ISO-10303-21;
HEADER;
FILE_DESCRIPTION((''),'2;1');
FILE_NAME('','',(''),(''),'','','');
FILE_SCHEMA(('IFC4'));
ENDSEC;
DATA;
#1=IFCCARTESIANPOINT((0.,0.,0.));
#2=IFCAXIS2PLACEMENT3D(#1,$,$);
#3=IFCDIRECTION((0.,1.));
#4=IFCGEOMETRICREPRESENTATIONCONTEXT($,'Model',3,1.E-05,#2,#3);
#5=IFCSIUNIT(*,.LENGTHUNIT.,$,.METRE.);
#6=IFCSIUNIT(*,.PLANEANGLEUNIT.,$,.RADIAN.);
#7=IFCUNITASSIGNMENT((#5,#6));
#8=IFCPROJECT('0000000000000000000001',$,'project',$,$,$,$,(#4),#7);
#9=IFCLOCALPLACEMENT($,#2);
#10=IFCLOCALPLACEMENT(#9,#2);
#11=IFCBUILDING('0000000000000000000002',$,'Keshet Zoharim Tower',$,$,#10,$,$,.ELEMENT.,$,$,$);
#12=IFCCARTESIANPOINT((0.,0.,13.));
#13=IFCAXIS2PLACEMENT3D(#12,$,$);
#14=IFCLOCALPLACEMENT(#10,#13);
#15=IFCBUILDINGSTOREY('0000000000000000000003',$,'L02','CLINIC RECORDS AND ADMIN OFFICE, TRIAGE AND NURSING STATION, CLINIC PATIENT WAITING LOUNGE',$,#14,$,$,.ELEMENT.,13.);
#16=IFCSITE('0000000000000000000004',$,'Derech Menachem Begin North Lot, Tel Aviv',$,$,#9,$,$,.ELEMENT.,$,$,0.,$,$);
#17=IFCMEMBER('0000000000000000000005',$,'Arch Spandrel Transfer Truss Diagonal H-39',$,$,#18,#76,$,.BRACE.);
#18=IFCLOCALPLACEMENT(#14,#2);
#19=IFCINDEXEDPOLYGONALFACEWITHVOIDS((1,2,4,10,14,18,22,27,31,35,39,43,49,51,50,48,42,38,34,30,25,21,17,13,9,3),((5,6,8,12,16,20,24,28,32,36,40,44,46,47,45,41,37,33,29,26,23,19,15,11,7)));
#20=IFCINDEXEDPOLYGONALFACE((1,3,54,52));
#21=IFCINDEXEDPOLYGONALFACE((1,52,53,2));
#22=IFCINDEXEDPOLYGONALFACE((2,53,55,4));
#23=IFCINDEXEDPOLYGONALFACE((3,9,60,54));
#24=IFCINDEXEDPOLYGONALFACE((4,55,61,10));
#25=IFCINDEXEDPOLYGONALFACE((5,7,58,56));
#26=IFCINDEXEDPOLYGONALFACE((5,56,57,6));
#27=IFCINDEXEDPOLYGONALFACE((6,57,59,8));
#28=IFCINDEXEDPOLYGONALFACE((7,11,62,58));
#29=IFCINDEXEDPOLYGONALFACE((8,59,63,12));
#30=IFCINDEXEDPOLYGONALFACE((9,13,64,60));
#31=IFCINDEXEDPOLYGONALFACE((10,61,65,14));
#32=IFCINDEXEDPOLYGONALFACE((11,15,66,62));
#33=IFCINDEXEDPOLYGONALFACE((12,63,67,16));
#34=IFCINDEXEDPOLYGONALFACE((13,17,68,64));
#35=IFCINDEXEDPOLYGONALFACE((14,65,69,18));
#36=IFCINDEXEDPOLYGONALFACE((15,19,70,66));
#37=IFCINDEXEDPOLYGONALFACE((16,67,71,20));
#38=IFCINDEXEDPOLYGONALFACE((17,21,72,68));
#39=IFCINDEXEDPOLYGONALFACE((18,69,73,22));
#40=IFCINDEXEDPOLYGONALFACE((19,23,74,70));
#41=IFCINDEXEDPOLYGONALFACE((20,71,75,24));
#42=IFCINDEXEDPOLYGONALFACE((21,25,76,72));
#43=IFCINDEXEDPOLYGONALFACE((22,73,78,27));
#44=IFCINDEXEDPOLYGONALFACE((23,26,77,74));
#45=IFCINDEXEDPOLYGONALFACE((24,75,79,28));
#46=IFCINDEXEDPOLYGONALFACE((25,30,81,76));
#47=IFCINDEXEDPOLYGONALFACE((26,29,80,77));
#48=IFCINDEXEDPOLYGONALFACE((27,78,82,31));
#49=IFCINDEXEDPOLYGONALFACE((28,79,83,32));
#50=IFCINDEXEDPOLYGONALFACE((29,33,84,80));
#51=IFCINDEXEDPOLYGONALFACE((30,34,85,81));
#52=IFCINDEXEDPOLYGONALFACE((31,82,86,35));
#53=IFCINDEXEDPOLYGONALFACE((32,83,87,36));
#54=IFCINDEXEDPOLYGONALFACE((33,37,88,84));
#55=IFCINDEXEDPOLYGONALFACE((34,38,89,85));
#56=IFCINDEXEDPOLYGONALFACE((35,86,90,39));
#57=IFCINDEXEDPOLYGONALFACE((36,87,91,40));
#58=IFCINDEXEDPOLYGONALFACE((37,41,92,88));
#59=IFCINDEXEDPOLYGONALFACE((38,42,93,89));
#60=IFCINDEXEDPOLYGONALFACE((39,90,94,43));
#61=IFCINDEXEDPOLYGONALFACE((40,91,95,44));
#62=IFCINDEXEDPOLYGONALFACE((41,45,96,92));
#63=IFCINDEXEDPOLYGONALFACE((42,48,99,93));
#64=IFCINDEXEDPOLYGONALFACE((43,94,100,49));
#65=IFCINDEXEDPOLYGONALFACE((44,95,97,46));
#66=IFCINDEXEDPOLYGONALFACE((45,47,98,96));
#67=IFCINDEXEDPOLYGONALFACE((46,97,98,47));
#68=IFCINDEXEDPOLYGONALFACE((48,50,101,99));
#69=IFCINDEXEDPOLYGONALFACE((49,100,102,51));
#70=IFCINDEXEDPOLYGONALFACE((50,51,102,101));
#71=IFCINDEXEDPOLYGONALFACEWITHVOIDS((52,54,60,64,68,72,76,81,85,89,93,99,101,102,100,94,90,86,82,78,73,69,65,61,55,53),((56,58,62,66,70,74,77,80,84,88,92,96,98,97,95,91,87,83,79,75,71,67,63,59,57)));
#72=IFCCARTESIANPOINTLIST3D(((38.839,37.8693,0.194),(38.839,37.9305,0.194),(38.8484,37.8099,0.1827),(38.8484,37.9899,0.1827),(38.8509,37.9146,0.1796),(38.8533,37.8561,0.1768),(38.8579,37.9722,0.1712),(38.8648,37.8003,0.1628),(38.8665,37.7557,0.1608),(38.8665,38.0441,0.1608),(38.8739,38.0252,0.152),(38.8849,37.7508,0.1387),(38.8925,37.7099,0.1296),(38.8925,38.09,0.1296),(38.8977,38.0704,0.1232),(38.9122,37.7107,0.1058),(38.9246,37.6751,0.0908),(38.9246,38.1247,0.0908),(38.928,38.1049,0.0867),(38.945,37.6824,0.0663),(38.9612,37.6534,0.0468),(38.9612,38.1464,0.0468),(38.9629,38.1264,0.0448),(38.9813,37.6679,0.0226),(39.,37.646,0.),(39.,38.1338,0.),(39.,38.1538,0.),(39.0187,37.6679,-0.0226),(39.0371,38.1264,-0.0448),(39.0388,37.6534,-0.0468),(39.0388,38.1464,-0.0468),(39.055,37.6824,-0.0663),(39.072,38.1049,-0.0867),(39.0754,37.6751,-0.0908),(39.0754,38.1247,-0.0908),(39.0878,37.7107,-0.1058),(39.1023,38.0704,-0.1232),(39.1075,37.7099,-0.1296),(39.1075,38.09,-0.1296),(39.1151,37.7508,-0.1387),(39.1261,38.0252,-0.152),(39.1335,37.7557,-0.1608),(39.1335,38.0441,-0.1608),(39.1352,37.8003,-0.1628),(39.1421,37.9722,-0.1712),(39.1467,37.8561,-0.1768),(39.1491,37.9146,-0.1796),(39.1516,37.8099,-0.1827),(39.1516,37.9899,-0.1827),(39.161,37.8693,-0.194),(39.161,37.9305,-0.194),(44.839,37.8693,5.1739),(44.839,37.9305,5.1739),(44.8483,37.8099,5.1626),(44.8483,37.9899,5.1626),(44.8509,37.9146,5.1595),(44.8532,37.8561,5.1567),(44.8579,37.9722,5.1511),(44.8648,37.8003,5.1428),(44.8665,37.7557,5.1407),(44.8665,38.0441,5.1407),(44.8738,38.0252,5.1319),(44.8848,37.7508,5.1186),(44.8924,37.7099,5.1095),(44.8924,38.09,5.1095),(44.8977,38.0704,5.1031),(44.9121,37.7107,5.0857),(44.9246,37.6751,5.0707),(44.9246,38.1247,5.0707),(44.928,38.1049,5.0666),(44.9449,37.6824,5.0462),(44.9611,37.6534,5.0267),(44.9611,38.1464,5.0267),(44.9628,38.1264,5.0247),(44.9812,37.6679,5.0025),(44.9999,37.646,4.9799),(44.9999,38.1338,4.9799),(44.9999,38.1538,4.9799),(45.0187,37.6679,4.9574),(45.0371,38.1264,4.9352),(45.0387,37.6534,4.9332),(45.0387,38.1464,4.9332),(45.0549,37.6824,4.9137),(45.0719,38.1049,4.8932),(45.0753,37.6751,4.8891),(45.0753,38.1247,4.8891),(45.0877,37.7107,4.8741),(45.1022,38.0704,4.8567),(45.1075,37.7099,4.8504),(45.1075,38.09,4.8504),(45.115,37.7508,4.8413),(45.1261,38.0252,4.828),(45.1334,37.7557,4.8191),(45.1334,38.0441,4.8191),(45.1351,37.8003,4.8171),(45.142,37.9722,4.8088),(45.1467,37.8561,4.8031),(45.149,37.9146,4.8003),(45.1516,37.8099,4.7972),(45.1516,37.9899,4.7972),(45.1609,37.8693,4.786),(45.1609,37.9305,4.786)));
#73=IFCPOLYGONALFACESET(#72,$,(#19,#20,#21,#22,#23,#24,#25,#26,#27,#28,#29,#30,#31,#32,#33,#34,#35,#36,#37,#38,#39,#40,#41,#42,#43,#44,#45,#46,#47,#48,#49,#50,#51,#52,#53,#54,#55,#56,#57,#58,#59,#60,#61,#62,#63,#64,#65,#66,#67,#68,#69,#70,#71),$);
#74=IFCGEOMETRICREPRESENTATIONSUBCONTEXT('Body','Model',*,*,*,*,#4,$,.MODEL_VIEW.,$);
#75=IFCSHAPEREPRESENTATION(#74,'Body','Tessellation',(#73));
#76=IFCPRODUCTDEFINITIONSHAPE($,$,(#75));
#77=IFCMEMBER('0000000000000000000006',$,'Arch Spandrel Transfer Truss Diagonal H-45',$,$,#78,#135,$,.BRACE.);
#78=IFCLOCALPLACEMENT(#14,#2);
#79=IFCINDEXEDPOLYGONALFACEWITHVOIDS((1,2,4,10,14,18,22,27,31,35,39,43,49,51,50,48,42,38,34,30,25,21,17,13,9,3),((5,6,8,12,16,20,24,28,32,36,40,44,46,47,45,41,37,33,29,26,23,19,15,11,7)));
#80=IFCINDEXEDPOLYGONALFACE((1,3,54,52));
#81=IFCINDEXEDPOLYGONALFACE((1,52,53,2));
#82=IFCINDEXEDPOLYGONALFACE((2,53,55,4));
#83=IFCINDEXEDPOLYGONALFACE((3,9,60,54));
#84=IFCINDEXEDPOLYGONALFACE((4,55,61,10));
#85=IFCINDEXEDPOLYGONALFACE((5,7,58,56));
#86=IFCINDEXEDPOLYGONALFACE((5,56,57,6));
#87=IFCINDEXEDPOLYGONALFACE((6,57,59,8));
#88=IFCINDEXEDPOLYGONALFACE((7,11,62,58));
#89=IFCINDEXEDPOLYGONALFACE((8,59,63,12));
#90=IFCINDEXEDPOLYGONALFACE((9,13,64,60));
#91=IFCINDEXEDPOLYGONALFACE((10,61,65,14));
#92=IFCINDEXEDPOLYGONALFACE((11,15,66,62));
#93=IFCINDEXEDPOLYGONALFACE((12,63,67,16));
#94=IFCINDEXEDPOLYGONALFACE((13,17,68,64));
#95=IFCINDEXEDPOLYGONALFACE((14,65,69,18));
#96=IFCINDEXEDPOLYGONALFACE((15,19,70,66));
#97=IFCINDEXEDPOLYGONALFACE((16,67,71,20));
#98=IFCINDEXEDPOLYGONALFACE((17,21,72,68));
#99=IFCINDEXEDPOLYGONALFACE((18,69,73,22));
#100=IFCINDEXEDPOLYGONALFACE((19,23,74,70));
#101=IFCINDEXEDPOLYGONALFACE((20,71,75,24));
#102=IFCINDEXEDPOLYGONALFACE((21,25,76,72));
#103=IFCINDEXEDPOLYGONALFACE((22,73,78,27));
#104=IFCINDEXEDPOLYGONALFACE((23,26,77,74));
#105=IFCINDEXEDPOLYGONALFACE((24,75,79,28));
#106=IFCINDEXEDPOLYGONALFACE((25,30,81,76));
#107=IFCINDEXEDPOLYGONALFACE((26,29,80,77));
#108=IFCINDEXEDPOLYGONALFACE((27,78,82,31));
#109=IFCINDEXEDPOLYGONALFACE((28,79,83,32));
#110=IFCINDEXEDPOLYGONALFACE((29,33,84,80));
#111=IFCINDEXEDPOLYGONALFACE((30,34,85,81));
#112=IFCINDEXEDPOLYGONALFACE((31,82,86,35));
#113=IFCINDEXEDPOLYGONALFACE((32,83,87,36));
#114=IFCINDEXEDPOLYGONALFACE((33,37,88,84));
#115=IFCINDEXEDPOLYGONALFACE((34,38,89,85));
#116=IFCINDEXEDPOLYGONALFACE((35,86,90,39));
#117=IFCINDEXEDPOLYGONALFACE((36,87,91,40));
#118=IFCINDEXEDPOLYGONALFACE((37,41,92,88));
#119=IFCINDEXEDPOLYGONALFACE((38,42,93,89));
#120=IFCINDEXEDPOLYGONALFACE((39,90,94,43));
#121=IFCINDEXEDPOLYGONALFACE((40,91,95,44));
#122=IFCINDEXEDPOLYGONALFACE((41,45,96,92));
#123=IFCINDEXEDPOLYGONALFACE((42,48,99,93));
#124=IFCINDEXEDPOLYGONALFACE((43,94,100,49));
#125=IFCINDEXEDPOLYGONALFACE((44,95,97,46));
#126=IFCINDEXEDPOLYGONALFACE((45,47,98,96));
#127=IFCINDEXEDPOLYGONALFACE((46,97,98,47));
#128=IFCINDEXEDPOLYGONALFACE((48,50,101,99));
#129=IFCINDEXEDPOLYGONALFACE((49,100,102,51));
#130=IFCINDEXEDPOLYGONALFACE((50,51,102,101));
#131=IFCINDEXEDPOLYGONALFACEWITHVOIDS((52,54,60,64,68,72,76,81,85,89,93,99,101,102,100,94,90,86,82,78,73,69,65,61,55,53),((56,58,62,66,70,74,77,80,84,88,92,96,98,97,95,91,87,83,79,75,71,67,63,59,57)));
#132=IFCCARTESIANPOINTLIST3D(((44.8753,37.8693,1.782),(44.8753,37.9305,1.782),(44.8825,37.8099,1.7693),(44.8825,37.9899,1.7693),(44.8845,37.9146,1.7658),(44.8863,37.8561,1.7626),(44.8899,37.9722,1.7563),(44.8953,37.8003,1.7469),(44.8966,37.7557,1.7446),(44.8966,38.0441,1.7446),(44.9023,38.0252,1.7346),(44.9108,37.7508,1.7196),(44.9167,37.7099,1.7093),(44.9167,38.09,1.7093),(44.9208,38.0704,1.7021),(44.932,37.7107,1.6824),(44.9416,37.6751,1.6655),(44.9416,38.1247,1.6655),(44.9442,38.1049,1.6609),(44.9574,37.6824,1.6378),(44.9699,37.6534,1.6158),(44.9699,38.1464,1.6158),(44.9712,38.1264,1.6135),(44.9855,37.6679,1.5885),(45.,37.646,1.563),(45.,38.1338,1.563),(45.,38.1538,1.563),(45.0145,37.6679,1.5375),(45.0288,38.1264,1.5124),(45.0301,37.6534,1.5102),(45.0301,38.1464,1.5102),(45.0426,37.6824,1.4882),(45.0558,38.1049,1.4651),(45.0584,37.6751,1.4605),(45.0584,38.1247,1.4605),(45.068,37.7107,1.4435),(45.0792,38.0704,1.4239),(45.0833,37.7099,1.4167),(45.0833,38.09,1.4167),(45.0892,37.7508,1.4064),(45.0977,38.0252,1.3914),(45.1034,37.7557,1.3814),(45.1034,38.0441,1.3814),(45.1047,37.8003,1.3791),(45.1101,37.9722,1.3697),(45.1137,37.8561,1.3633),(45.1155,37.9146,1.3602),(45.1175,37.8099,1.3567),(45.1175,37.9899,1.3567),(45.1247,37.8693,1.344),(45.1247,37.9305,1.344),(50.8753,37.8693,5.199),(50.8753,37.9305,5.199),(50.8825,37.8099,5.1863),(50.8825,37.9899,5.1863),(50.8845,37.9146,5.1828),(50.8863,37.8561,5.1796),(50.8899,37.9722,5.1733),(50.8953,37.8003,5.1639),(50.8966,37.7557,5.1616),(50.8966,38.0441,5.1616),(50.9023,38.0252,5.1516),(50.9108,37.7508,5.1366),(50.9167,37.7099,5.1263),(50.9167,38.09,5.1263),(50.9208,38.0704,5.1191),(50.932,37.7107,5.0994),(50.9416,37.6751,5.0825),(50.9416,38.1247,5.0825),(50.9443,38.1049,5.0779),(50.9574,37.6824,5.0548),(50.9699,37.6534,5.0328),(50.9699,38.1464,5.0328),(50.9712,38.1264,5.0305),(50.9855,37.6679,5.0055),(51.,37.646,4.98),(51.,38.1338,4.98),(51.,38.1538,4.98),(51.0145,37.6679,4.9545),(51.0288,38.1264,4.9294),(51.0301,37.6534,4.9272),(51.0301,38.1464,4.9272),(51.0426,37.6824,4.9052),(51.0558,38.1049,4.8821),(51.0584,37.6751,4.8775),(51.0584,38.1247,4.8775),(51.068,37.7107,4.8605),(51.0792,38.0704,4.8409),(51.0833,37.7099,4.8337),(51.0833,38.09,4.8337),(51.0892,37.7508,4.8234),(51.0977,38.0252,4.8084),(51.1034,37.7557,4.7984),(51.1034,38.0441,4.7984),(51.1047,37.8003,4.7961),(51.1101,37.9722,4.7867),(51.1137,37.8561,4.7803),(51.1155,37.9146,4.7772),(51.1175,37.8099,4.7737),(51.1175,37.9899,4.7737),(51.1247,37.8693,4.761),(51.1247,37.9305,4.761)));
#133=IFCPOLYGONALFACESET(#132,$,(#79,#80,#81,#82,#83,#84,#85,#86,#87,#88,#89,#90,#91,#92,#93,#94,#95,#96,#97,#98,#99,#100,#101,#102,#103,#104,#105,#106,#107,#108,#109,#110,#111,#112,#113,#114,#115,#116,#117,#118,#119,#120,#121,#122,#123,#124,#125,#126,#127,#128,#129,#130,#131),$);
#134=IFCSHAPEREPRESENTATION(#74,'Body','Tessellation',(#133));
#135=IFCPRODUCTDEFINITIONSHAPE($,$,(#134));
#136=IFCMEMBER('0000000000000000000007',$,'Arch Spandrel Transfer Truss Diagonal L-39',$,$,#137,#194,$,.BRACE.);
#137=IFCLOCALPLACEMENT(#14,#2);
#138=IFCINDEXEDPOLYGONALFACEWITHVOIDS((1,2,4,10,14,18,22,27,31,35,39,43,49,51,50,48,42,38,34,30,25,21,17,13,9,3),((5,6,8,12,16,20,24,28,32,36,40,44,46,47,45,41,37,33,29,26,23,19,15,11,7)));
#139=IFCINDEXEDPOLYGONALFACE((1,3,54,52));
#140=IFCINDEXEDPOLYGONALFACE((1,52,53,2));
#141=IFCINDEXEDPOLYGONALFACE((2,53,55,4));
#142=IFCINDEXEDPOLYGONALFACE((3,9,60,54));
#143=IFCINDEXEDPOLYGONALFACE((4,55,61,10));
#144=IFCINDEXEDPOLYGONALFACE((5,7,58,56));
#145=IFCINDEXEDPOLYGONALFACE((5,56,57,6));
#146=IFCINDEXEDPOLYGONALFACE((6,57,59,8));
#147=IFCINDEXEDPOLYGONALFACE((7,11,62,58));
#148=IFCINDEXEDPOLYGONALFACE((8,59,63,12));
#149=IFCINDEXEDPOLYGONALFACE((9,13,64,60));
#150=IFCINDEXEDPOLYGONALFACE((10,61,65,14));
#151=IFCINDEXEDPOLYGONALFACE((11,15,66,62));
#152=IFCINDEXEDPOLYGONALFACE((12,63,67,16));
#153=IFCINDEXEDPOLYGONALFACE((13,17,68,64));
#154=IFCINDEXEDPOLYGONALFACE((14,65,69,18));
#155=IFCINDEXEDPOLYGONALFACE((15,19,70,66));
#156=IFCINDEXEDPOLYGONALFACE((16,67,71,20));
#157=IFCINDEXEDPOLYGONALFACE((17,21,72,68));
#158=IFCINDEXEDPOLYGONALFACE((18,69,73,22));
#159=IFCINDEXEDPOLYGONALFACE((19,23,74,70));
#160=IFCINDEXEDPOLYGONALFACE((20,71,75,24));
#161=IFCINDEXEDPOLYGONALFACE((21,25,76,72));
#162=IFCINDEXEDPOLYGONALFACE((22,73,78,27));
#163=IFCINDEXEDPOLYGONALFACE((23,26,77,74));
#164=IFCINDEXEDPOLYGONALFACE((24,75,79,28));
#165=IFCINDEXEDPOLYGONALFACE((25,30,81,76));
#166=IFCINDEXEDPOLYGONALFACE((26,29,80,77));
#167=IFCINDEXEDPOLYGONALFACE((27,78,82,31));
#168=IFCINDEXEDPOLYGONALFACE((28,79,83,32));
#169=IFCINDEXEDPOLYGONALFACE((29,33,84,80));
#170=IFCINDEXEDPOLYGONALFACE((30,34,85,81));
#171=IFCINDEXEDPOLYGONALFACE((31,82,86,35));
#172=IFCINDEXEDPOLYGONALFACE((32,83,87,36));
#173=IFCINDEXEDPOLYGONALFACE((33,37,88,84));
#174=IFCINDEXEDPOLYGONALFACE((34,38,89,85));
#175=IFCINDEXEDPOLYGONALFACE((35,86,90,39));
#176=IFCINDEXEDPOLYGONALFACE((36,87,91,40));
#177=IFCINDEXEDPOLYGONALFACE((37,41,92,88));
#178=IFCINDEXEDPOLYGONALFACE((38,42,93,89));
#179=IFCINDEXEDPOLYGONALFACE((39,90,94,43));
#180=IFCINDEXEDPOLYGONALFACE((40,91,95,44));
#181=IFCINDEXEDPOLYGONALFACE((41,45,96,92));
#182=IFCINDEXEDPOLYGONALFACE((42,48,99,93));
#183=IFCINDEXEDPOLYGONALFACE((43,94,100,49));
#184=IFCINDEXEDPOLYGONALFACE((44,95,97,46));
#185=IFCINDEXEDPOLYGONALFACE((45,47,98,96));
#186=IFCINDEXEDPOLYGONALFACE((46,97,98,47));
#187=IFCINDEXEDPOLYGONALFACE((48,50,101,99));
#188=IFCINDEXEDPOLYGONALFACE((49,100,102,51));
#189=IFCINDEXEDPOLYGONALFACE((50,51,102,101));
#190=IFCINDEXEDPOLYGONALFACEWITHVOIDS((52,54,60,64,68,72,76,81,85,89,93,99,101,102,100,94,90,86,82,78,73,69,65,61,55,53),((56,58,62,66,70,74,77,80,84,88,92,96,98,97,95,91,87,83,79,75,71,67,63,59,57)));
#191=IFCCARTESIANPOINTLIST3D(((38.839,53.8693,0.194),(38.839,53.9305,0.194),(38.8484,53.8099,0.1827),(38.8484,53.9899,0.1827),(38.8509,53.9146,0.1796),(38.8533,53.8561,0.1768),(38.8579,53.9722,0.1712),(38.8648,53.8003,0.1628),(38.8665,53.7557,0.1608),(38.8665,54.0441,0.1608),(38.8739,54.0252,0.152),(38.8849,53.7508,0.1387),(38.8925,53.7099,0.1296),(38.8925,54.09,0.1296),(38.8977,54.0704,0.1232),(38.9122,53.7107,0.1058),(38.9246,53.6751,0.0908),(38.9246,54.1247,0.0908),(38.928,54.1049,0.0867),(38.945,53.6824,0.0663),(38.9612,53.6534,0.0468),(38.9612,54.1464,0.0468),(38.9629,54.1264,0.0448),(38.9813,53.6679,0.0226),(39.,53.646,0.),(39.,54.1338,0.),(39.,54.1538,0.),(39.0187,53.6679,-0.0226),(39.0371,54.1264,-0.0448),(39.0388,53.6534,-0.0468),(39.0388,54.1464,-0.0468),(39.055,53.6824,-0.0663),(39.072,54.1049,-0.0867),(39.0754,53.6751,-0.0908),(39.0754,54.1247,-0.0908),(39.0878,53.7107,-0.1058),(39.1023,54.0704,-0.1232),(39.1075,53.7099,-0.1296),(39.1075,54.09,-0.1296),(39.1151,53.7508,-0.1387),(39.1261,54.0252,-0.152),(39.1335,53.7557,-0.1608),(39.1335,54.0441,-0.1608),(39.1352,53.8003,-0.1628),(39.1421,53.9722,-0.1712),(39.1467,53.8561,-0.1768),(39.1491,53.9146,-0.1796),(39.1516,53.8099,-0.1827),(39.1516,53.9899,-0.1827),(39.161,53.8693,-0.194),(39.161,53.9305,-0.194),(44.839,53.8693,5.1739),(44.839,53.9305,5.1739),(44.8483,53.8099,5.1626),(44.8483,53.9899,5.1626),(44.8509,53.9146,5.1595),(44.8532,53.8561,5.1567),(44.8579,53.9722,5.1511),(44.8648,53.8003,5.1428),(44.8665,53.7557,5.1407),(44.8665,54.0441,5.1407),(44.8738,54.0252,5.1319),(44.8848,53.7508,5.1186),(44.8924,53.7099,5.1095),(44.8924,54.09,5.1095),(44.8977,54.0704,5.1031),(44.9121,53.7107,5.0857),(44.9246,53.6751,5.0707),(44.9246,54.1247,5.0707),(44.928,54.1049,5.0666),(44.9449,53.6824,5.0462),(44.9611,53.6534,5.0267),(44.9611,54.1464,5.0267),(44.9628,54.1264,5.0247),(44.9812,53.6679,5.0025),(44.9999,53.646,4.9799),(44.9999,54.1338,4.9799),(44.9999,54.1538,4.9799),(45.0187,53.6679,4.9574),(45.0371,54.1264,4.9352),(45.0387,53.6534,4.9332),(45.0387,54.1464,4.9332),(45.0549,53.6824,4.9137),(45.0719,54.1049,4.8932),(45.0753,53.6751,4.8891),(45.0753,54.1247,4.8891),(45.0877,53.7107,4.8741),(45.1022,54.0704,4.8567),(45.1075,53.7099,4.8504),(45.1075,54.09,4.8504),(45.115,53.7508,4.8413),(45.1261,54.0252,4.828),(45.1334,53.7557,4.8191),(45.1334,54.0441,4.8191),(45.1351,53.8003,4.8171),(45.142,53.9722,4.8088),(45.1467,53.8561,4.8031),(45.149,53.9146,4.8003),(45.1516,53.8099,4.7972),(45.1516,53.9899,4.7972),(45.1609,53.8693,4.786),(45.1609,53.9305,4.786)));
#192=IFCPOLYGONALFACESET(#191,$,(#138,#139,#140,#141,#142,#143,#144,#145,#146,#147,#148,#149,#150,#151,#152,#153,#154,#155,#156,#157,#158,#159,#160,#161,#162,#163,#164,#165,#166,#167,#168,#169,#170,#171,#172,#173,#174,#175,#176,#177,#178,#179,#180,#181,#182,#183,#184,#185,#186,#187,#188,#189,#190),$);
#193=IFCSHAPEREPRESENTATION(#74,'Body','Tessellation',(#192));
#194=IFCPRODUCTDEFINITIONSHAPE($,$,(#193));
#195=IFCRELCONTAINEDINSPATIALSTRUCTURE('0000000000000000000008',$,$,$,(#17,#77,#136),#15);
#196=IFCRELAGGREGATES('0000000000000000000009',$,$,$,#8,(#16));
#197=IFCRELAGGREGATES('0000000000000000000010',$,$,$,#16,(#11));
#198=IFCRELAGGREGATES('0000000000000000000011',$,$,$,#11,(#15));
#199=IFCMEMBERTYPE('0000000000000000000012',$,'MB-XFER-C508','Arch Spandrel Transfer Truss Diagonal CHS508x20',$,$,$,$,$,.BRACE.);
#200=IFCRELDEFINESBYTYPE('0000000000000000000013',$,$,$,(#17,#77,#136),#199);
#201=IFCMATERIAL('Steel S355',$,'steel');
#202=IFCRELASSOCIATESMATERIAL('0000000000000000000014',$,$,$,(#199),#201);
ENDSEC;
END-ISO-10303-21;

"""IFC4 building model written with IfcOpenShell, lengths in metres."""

from ifc_helpers import new_model, si_unit, direction, frame, origin, origin_2d, place, context, subcontext, project, spatial, hollow_circle, extrude, material, material_profile, profile_set, type_object, element, save


model = new_model("IFC4")

# Units and contexts
model_context = context("Model", 3, precision=1e-05, world=origin(), true_north=direction((0.0, 1.0)))
body_context = subcontext(model_context, "Body", "Model", "MODEL_VIEW")
ifc_project = project(units=[si_unit("LENGTHUNIT", "METRE"), si_unit("PLANEANGLEUNIT", "RADIAN")], contexts=[model_context])

# Site, building, storey
site_placement = place(None, origin())
site = spatial("IfcSite", under=ifc_project, at=site_placement, Name="Derech Menachem Begin North Lot, Tel Aviv", CompositionType="ELEMENT", RefElevation=0.0)
building_placement = place(site_placement, origin())
building = spatial("IfcBuilding", under=site, at=building_placement, Name="Keshet Zoharim Tower", CompositionType="ELEMENT")
storey_placement = place(building_placement, frame((0.0, 0.0, 13.0)))
storey = spatial("IfcBuildingStorey", under=building, at=storey_placement, Name="L02", Description="CLINIC RECORDS AND ADMIN OFFICE, TRIAGE AND NURSING STATION, CLINIC PATIENT WAITING LOUNGE", CompositionType="ELEMENT", Elevation=13.0)

# Shared definitions
ifc_material_1 = material(Name="Steel S355", Category="steel")

# Members
ifc_material_profile_1 = material_profile(ifc_material_1, hollow_circle(Radius=0.2539, WallThickness=0.02, at=origin_2d()), Name="CHS508x20")
ifc_profile_set_1 = profile_set([ifc_material_profile_1], Name="Steel S355")
member_type = type_object("IfcMemberType", Name="MB-XFER-C508", Description="Arch Spandrel Transfer Truss Diagonal CHS508x20", PredefinedType="BRACE", material=ifc_profile_set_1)
member_1_placement = place(storey_placement, frame((39.0, 37.8999, 0.0), z_axis=(0.769482, 0.0, 0.638668), x_axis=(0.0, 1.0, 0.0)))
element("IfcMember", 1, at=member_1_placement, inside=storey, type_object=member_type, Name="Arch Spandrel Transfer Truss Diagonal H-39", PredefinedType="BRACE", context=body_context, shape_type="SweptSolid", body=[
    extrude(hollow_circle(Radius=0.2539, WallThickness=0.02, at=origin_2d()), origin(), (0.0, 0.0, 1.0), 7.7974),
])
member_2_placement = place(storey_placement, frame((45.0, 37.8999, 1.563), z_axis=(0.868965, 0.0, 0.494874), x_axis=(0.0, 1.0, 0.0)))
element("IfcMember", 2, at=member_2_placement, inside=storey, type_object=member_type, Name="Arch Spandrel Transfer Truss Diagonal H-45", PredefinedType="BRACE", context=body_context, shape_type="SweptSolid", body=[
    extrude(hollow_circle(Radius=0.2539, WallThickness=0.02, at=origin_2d()), origin(), (0.0, 0.0, 1.0), 6.9048),
])
member_3_placement = place(storey_placement, frame((39.0, 53.8999, 0.0), z_axis=(0.769482, 0.0, 0.638668), x_axis=(0.0, 1.0, 0.0)))
element("IfcMember", 3, at=member_3_placement, inside=storey, type_object=member_type, Name="Arch Spandrel Transfer Truss Diagonal L-39", PredefinedType="BRACE", context=body_context, shape_type="SweptSolid", body=[
    extrude(hollow_circle(Radius=0.2539, WallThickness=0.02, at=origin_2d()), origin(), (0.0, 0.0, 1.0), 7.7974),
])

save(model, "model.ifc")
